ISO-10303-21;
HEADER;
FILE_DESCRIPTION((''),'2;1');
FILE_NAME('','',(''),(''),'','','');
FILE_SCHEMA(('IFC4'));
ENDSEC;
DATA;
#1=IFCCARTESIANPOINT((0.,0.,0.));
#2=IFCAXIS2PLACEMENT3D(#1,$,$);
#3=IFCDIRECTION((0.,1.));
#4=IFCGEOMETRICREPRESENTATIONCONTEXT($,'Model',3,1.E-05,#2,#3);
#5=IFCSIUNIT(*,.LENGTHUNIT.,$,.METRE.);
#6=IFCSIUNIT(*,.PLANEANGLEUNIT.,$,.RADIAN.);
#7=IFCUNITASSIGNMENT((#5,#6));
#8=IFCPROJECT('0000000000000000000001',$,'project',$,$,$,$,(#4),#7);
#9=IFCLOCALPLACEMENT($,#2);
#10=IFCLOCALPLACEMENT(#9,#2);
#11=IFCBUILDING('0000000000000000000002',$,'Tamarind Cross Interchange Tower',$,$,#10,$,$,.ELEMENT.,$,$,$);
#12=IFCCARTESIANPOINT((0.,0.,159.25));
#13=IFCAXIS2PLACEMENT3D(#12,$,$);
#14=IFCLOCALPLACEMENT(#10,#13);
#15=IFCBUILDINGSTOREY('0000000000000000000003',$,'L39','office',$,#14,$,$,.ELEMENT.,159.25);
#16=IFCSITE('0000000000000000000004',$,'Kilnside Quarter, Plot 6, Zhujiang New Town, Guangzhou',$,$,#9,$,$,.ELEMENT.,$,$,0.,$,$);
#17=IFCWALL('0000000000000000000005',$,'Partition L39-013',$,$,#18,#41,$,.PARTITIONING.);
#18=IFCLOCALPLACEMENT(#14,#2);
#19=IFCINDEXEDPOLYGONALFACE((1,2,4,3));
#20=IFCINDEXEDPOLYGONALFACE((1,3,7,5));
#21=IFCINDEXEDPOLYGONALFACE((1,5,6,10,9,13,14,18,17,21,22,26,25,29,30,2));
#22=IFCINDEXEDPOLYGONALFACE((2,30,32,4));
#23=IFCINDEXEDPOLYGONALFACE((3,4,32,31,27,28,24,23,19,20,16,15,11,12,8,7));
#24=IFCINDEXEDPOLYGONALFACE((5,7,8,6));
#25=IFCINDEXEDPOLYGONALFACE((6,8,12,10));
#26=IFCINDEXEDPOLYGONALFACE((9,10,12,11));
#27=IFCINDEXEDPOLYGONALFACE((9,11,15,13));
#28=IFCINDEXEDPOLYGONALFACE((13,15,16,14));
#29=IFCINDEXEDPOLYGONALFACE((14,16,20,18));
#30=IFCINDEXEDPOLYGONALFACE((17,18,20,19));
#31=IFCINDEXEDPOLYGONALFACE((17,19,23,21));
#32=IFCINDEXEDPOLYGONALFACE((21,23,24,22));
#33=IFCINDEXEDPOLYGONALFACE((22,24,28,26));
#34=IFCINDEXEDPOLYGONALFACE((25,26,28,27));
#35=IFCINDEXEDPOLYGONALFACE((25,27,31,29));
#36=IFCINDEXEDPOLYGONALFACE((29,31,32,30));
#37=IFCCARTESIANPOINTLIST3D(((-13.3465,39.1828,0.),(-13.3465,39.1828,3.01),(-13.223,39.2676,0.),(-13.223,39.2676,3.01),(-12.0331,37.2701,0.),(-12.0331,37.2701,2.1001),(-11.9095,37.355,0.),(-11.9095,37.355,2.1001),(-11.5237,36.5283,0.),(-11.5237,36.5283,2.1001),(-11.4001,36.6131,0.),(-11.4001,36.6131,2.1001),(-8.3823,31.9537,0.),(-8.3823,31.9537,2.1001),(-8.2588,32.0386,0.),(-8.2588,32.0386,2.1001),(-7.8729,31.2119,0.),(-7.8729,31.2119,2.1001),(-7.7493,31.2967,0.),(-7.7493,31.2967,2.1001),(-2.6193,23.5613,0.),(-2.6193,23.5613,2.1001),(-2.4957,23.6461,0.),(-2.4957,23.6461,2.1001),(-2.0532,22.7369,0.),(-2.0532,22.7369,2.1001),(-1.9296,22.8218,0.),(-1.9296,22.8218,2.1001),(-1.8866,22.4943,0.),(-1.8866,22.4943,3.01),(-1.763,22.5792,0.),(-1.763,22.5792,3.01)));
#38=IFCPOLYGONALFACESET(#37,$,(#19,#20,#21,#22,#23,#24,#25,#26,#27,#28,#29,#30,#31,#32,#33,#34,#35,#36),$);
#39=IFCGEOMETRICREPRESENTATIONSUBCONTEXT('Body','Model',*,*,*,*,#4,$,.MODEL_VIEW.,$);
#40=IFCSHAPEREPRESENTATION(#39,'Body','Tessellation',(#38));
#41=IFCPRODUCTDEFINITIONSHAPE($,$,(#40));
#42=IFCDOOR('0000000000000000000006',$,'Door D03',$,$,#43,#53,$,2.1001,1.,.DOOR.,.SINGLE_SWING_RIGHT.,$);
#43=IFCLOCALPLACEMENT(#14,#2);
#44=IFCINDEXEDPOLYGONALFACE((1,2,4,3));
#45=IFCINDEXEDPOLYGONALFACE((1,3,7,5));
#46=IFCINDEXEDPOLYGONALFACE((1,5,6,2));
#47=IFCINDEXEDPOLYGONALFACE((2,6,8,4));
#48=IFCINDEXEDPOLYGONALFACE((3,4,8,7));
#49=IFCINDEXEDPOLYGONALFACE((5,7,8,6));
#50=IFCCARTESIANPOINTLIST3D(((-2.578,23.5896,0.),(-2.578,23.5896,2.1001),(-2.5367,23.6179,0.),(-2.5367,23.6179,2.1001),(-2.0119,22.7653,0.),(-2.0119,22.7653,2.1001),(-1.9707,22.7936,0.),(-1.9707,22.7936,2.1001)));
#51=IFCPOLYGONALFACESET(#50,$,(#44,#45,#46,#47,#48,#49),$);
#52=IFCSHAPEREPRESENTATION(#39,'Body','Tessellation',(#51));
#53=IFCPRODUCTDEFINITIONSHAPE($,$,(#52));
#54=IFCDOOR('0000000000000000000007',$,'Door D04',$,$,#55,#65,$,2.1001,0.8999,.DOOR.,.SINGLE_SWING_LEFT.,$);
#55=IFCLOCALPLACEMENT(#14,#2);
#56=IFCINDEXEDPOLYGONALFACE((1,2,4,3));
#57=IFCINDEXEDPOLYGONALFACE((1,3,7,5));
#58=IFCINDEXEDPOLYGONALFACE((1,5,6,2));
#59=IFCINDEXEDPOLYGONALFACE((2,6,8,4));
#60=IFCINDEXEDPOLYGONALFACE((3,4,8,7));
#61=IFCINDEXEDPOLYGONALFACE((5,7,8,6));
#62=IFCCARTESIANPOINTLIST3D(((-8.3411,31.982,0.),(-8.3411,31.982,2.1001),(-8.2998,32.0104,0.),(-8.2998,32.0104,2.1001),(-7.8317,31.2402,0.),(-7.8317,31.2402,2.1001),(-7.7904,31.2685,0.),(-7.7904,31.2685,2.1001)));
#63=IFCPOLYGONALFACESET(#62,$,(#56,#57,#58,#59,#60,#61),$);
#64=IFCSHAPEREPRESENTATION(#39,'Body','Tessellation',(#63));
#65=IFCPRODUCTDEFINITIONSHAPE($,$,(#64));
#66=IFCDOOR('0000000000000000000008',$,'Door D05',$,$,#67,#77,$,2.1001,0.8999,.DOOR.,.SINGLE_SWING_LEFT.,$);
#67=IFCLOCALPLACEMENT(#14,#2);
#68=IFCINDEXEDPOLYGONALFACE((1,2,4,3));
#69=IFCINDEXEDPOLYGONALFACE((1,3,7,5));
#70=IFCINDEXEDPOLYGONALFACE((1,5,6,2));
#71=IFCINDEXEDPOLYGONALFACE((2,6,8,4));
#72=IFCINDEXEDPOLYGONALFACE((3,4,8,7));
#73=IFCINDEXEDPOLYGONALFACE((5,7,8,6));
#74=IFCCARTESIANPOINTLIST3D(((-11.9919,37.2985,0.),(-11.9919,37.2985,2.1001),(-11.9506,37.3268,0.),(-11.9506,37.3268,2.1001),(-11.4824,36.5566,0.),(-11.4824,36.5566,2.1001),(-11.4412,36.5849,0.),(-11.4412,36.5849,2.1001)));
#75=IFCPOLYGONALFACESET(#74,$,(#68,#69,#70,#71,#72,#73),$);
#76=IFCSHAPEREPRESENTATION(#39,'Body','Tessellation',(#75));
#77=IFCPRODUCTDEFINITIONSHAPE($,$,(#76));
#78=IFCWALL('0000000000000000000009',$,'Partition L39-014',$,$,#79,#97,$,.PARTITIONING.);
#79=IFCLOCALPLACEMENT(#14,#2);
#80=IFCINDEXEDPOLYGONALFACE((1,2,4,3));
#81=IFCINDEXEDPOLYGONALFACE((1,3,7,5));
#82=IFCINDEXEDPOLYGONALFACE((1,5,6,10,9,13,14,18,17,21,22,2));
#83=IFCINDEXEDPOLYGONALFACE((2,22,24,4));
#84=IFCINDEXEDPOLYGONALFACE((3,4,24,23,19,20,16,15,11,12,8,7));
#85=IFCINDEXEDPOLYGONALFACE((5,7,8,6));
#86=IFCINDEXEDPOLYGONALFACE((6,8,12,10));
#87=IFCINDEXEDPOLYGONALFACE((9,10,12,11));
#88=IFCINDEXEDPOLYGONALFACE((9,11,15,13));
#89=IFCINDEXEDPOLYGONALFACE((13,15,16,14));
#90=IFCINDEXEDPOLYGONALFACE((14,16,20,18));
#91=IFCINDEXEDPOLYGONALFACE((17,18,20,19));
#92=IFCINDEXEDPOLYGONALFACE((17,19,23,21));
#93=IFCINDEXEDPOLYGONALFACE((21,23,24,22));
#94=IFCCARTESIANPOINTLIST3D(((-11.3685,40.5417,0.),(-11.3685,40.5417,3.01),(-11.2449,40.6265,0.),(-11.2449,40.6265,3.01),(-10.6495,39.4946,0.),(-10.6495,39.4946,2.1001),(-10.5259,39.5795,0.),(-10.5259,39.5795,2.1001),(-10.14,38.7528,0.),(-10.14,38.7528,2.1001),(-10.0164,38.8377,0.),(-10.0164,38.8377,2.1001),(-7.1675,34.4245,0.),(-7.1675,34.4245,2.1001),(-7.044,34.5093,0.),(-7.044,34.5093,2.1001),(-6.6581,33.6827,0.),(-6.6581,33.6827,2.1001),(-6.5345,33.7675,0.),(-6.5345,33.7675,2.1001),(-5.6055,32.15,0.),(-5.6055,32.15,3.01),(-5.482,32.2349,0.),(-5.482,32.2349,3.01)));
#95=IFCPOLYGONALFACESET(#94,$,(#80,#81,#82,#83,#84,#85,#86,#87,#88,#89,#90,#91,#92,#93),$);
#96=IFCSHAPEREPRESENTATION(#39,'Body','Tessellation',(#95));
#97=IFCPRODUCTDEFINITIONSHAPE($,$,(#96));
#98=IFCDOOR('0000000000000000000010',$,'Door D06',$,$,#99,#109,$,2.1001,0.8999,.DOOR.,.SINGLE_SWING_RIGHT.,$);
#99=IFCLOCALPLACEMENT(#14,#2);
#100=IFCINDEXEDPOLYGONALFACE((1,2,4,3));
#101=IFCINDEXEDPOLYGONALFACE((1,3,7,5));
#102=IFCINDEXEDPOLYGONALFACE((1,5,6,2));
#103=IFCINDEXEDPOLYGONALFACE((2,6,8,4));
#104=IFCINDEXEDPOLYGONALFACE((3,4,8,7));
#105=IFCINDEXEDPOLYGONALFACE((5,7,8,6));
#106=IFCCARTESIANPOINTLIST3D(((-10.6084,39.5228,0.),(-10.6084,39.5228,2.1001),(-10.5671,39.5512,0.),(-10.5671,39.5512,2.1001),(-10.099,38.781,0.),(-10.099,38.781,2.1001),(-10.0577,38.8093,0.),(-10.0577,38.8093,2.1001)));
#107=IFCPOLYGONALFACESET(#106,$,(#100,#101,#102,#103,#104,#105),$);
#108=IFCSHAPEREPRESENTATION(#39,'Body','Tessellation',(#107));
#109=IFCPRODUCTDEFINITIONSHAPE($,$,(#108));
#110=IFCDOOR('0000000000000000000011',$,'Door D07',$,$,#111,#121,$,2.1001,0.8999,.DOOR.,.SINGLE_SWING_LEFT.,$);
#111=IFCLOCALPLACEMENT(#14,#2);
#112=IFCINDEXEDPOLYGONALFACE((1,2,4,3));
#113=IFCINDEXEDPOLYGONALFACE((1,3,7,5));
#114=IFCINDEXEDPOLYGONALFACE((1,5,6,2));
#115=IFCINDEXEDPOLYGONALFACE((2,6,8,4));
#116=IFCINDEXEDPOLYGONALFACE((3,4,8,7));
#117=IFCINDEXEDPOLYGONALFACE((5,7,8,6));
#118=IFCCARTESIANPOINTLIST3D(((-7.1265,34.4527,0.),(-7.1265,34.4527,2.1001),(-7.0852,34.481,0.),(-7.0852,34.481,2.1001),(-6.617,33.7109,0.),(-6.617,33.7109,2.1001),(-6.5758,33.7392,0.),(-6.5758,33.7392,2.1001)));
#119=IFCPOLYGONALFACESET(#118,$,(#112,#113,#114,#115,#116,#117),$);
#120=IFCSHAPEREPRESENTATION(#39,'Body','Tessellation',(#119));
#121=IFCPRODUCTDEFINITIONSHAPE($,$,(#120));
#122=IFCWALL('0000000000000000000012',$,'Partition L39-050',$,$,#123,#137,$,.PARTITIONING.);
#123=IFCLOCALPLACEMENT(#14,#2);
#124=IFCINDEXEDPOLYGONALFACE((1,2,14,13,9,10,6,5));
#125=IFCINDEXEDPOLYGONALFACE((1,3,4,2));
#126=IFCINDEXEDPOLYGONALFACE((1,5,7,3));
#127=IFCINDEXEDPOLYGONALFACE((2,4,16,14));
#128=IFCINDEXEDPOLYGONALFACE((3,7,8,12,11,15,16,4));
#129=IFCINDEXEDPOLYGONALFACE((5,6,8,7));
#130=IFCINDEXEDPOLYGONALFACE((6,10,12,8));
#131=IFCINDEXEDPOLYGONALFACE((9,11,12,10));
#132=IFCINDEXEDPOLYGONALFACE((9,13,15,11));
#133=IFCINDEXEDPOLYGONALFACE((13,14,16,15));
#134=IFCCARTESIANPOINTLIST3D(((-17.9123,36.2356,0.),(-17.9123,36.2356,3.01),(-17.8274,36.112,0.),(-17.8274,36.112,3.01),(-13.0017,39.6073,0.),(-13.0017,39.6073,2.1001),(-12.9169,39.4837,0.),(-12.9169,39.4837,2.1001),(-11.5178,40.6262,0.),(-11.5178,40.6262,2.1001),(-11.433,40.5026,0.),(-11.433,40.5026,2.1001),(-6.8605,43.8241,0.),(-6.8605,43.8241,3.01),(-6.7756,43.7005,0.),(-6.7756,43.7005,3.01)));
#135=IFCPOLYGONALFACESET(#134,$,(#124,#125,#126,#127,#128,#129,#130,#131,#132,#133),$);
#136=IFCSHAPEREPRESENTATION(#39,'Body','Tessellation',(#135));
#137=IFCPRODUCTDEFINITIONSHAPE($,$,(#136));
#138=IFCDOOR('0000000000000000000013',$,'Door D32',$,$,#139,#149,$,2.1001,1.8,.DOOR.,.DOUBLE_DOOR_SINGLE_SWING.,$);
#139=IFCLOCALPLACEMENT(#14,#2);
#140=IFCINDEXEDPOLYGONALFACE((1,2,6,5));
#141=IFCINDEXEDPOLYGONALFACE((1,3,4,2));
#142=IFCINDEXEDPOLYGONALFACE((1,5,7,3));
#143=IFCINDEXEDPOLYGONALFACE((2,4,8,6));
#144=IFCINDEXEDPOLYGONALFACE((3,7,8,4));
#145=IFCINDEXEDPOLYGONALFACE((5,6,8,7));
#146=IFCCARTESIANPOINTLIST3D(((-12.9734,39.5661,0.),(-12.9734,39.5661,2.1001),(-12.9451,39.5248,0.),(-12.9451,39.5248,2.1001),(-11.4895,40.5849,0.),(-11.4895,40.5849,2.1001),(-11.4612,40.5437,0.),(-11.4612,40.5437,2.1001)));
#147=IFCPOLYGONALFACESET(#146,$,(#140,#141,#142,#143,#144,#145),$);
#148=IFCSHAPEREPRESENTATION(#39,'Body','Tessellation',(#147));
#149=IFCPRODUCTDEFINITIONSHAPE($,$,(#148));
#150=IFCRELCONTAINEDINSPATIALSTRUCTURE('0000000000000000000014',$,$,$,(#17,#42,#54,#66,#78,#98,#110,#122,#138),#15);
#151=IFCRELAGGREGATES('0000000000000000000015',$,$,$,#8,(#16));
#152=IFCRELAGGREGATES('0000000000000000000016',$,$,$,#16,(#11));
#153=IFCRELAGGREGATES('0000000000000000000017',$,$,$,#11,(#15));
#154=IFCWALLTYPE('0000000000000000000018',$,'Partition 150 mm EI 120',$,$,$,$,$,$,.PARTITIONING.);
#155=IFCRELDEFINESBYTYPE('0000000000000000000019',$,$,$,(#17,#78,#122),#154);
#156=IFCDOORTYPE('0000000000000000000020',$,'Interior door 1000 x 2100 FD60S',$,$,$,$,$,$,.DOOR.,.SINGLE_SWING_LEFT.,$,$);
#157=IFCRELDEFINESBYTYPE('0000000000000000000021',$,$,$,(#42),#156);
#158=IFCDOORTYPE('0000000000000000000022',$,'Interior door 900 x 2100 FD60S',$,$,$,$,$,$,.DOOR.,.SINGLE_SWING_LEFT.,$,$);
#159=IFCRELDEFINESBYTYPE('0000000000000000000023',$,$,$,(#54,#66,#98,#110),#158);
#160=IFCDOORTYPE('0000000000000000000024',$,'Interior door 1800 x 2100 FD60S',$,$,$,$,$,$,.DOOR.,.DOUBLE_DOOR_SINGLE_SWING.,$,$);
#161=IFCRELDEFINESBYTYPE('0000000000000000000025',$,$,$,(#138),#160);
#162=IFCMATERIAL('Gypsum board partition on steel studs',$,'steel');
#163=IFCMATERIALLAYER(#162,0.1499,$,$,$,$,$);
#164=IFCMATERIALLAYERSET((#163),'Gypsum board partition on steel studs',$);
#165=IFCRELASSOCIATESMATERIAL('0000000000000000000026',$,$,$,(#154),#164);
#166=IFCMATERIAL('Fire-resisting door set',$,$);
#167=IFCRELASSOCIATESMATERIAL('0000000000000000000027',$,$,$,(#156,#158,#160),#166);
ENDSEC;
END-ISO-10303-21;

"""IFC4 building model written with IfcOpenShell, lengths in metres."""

from ifc_helpers import new_model, si_unit, direction, frame, frame_2d, origin, place, context, subcontext, project, spatial, rectangle, extrude, material, layer, layer_set, type_object, element, fill, save


model = new_model("IFC4")

# Units and contexts
model_context = context("Model", 3, precision=1e-05, world=origin(), true_north=direction((0.0, 1.0)))
body_context = subcontext(model_context, "Body", "Model", "MODEL_VIEW")
ifc_project = project(units=[si_unit("LENGTHUNIT", "METRE"), si_unit("PLANEANGLEUNIT", "RADIAN")], contexts=[model_context])

# Site, building, storey
site_placement = place(None, origin())
site = spatial("IfcSite", under=ifc_project, at=site_placement, Name="Kilnside Quarter, Plot 6, Zhujiang New Town, Guangzhou", CompositionType="ELEMENT", RefElevation=0.0)
building_placement = place(site_placement, origin())
building = spatial("IfcBuilding", under=site, at=building_placement, Name="Tamarind Cross Interchange Tower", CompositionType="ELEMENT")
storey_placement = place(building_placement, frame((0.0, 0.0, 159.25)))
storey = spatial("IfcBuildingStorey", under=building, at=storey_placement, Name="L39", Description="office", CompositionType="ELEMENT", Elevation=159.25)

# Shared definitions
ifc_material_1 = material(Name="Gypsum board partition on steel studs", Category="steel")

# Walls, openings, doors
ifc_layer_1 = layer(ifc_material_1, 0.1499)
ifc_layer_set_1 = layer_set([ifc_layer_1], Name="Gypsum board partition on steel studs")
wall_type_1 = type_object("IfcWallType", Name="Partition 150 mm EI 120", PredefinedType="PARTITIONING", material=ifc_layer_set_1)
wall_1_placement = place(storey_placement, frame((-13.2847, 39.2251, 0.0), z_axis=(0.0, 0.0, 1.0), x_axis=(0.56608, -0.82435, 0.0)))
wall_1 = element("IfcWall", 1, at=wall_1_placement, inside=storey, type_object=wall_type_1, Name="Partition L39-013", PredefinedType="PARTITIONING", context=body_context, shape_type="SweptSolid", body=[
    extrude(rectangle(XDim=20.2444, YDim=0.1499, at=frame_2d((10.1221, 0.0))), origin(), (0.0, 0.0, 1.0), 3.01),
])
opening_1_placement = place(wall_1_placement, frame((18.95, 0.0, 0.0)))
opening_1 = element("IfcOpeningElement", 2, at=opening_1_placement, cuts=wall_1, PredefinedType="OPENING", context=body_context, shape_type="SweptSolid", body=[
    extrude(rectangle(XDim=1.0, YDim=2.1001, at=frame_2d((0.5, 1.05))), frame((0.0, 0.085, 0.0), z_axis=(0.0, -1.0, 0.0), x_axis=(1.0, 0.0, 0.0)), (0.0, 0.0, 1.0), 0.1699),
])
opening_2_placement = place(wall_1_placement, frame((8.7693, 0.0, 0.0)))
opening_2 = element("IfcOpeningElement", 3, at=opening_2_placement, cuts=wall_1, PredefinedType="OPENING", context=body_context, shape_type="SweptSolid", body=[
    extrude(rectangle(XDim=0.8999, YDim=2.1001, at=frame_2d((0.45, 1.05))), frame((0.0, 0.085, 0.0), z_axis=(0.0, -1.0, 0.0), x_axis=(1.0, 0.0, 0.0)), (0.0, 0.0, 1.0), 0.1699),
])
opening_3_placement = place(wall_1_placement, frame((2.3201, 0.0, 0.0)))
opening_3 = element("IfcOpeningElement", 4, at=opening_3_placement, cuts=wall_1, PredefinedType="OPENING", context=body_context, shape_type="SweptSolid", body=[
    extrude(rectangle(XDim=0.8999, YDim=2.1001, at=frame_2d((0.45, 1.05))), frame((0.0, 0.085, 0.0), z_axis=(0.0, -1.0, 0.0), x_axis=(1.0, 0.0, 0.0)), (0.0, 0.0, 1.0), 0.1699),
])
ifc_material_2 = material(Name="Fire-resisting door set")
door_type_1 = type_object("IfcDoorType", Name="Interior door 1000 x 2100 FD60S", OperationType="SINGLE_SWING_LEFT", PredefinedType="DOOR", material=ifc_material_2)
door_1_placement = place(opening_1_placement, frame((1.0, 0.0, 0.0), z_axis=(0.0, 0.0, 1.0), x_axis=(-1.0, 0.0, 0.0)))
door_1 = element("IfcDoor", 5, at=door_1_placement, inside=storey, type_object=door_type_1, Name="Door D03", OperationType="SINGLE_SWING_RIGHT", OverallHeight=2.1001, OverallWidth=1.0, PredefinedType="DOOR", context=body_context, shape_type="SweptSolid", body=[
    extrude(rectangle(XDim=1.0, YDim=2.1001, at=frame_2d((0.5, 1.05))), frame((0.0, 0.0249, 0.0), z_axis=(0.0, -1.0, 0.0), x_axis=(1.0, 0.0, 0.0)), (0.0, 0.0, 1.0), 0.05),
])
fill(opening_1, door_1)
door_type_2 = type_object("IfcDoorType", Name="Interior door 900 x 2100 FD60S", OperationType="SINGLE_SWING_LEFT", PredefinedType="DOOR", material=ifc_material_2)
door_2_placement = place(opening_2_placement, frame((0.8999, 0.0, 0.0), z_axis=(0.0, 0.0, 1.0), x_axis=(-1.0, 0.0, 0.0)))
door_2 = element("IfcDoor", 6, at=door_2_placement, inside=storey, type_object=door_type_2, Name="Door D04", OperationType="SINGLE_SWING_LEFT", OverallHeight=2.1001, OverallWidth=0.8999, PredefinedType="DOOR", context=body_context, shape_type="SweptSolid", body=[
    extrude(rectangle(XDim=0.8999, YDim=2.1001, at=frame_2d((0.45, 1.05))), frame((0.0, 0.0249, 0.0), z_axis=(0.0, -1.0, 0.0), x_axis=(1.0, 0.0, 0.0)), (0.0, 0.0, 1.0), 0.05),
])
fill(opening_2, door_2)
door_3_placement = place(opening_3_placement, frame((0.8999, 0.0, 0.0), z_axis=(0.0, 0.0, 1.0), x_axis=(-1.0, 0.0, 0.0)))
door_3 = element("IfcDoor", 7, at=door_3_placement, inside=storey, type_object=door_type_2, Name="Door D05", OperationType="SINGLE_SWING_LEFT", OverallHeight=2.1001, OverallWidth=0.8999, PredefinedType="DOOR", context=body_context, shape_type="SweptSolid", body=[
    extrude(rectangle(XDim=0.8999, YDim=2.1001, at=frame_2d((0.45, 1.05))), frame((0.0, 0.0249, 0.0), z_axis=(0.0, -1.0, 0.0), x_axis=(1.0, 0.0, 0.0)), (0.0, 0.0, 1.0), 0.05),
])
fill(opening_3, door_3)
wall_2_placement = place(storey_placement, frame((-11.3066, 40.584, 0.0), z_axis=(0.0, 0.0, 1.0), x_axis=(0.566109, -0.82433, 0.0)))
wall_2 = element("IfcWall", 8, at=wall_2_placement, inside=storey, type_object=wall_type_1, Name="Partition L39-014", PredefinedType="PARTITIONING", context=body_context, shape_type="SweptSolid", body=[
    extrude(rectangle(XDim=10.1799, YDim=0.1499, at=frame_2d((5.0898, 0.0))), origin(), (0.0, 0.0, 1.0), 3.01),
])
opening_4_placement = place(wall_2_placement, frame((1.27, 0.0, 0.0)))
opening_4 = element("IfcOpeningElement", 9, at=opening_4_placement, cuts=wall_2, PredefinedType="OPENING", context=body_context, shape_type="SweptSolid", body=[
    extrude(rectangle(XDim=0.8999, YDim=2.1001, at=frame_2d((0.45, 1.05))), frame((0.0, 0.085, 0.0), z_axis=(0.0, -1.0, 0.0), x_axis=(1.0, 0.0, 0.0)), (0.0, 0.0, 1.0), 0.1699),
])
opening_5_placement = place(wall_2_placement, frame((7.4207, 0.0, 0.0)))
opening_5 = element("IfcOpeningElement", 10, at=opening_5_placement, cuts=wall_2, PredefinedType="OPENING", context=body_context, shape_type="SweptSolid", body=[
    extrude(rectangle(XDim=0.8999, YDim=2.1001, at=frame_2d((0.45, 1.05))), frame((0.0, 0.085, 0.0), z_axis=(0.0, -1.0, 0.0), x_axis=(1.0, 0.0, 0.0)), (0.0, 0.0, 1.0), 0.1699),
])
door_4_placement = place(opening_4_placement, origin())
door_4 = element("IfcDoor", 11, at=door_4_placement, inside=storey, type_object=door_type_2, Name="Door D06", OperationType="SINGLE_SWING_RIGHT", OverallHeight=2.1001, OverallWidth=0.8999, PredefinedType="DOOR", context=body_context, shape_type="SweptSolid", body=[
    extrude(rectangle(XDim=0.8999, YDim=2.1001, at=frame_2d((0.45, 1.05))), frame((0.0, 0.0249, 0.0), z_axis=(0.0, -1.0, 0.0), x_axis=(1.0, 0.0, 0.0)), (0.0, 0.0, 1.0), 0.05),
])
fill(opening_4, door_4)
door_5_placement = place(opening_5_placement, origin())
door_5 = element("IfcDoor", 12, at=door_5_placement, inside=storey, type_object=door_type_2, Name="Door D07", OperationType="SINGLE_SWING_LEFT", OverallHeight=2.1001, OverallWidth=0.8999, PredefinedType="DOOR", context=body_context, shape_type="SweptSolid", body=[
    extrude(rectangle(XDim=0.8999, YDim=2.1001, at=frame_2d((0.45, 1.05))), frame((0.0, 0.0249, 0.0), z_axis=(0.0, -1.0, 0.0), x_axis=(1.0, 0.0, 0.0)), (0.0, 0.0, 1.0), 0.05),
])
fill(opening_5, door_5)

# Wall, opening, door
wall_3_placement = place(storey_placement, frame((-17.8699, 36.1738, 0.0), z_axis=(0.0, 0.0, 1.0), x_axis=(0.82438, 0.566037, 0.0)))
wall_3 = element("IfcWall", 13, at=wall_3_placement, inside=storey, type_object=wall_type_1, Name="Partition L39-050", PredefinedType="PARTITIONING", context=body_context, shape_type="SweptSolid", body=[
    extrude(rectangle(XDim=13.4062, YDim=0.1499, at=frame_2d((6.7031, 0.0))), origin(), (0.0, 0.0, 1.0), 3.01),
])
opening_6_placement = place(wall_3_placement, frame((5.9568, 0.0, 0.0)))
opening_6 = element("IfcOpeningElement", 14, at=opening_6_placement, cuts=wall_3, PredefinedType="OPENING", context=body_context, shape_type="SweptSolid", body=[
    extrude(rectangle(XDim=1.8, YDim=2.1001, at=frame_2d((0.8999, 1.05))), frame((0.0, 0.085, 0.0), z_axis=(0.0, -1.0, 0.0), x_axis=(1.0, 0.0, 0.0)), (0.0, 0.0, 1.0), 0.1699),
])
door_type_3 = type_object("IfcDoorType", Name="Interior door 1800 x 2100 FD60S", OperationType="DOUBLE_DOOR_SINGLE_SWING", PredefinedType="DOOR", material=ifc_material_2)
door_6_placement = place(opening_6_placement, origin())
door_6 = element("IfcDoor", 15, at=door_6_placement, inside=storey, type_object=door_type_3, Name="Door D32", OperationType="DOUBLE_DOOR_SINGLE_SWING", OverallHeight=2.1001, OverallWidth=1.8, PredefinedType="DOOR", context=body_context, shape_type="SweptSolid", body=[
    extrude(rectangle(XDim=1.8, YDim=2.1001, at=frame_2d((0.8999, 1.05))), frame((0.0, 0.0249, 0.0), z_axis=(0.0, -1.0, 0.0), x_axis=(1.0, 0.0, 0.0)), (0.0, 0.0, 1.0), 0.05),
])
fill(opening_6, door_6)

save(model, "model.ifc")
